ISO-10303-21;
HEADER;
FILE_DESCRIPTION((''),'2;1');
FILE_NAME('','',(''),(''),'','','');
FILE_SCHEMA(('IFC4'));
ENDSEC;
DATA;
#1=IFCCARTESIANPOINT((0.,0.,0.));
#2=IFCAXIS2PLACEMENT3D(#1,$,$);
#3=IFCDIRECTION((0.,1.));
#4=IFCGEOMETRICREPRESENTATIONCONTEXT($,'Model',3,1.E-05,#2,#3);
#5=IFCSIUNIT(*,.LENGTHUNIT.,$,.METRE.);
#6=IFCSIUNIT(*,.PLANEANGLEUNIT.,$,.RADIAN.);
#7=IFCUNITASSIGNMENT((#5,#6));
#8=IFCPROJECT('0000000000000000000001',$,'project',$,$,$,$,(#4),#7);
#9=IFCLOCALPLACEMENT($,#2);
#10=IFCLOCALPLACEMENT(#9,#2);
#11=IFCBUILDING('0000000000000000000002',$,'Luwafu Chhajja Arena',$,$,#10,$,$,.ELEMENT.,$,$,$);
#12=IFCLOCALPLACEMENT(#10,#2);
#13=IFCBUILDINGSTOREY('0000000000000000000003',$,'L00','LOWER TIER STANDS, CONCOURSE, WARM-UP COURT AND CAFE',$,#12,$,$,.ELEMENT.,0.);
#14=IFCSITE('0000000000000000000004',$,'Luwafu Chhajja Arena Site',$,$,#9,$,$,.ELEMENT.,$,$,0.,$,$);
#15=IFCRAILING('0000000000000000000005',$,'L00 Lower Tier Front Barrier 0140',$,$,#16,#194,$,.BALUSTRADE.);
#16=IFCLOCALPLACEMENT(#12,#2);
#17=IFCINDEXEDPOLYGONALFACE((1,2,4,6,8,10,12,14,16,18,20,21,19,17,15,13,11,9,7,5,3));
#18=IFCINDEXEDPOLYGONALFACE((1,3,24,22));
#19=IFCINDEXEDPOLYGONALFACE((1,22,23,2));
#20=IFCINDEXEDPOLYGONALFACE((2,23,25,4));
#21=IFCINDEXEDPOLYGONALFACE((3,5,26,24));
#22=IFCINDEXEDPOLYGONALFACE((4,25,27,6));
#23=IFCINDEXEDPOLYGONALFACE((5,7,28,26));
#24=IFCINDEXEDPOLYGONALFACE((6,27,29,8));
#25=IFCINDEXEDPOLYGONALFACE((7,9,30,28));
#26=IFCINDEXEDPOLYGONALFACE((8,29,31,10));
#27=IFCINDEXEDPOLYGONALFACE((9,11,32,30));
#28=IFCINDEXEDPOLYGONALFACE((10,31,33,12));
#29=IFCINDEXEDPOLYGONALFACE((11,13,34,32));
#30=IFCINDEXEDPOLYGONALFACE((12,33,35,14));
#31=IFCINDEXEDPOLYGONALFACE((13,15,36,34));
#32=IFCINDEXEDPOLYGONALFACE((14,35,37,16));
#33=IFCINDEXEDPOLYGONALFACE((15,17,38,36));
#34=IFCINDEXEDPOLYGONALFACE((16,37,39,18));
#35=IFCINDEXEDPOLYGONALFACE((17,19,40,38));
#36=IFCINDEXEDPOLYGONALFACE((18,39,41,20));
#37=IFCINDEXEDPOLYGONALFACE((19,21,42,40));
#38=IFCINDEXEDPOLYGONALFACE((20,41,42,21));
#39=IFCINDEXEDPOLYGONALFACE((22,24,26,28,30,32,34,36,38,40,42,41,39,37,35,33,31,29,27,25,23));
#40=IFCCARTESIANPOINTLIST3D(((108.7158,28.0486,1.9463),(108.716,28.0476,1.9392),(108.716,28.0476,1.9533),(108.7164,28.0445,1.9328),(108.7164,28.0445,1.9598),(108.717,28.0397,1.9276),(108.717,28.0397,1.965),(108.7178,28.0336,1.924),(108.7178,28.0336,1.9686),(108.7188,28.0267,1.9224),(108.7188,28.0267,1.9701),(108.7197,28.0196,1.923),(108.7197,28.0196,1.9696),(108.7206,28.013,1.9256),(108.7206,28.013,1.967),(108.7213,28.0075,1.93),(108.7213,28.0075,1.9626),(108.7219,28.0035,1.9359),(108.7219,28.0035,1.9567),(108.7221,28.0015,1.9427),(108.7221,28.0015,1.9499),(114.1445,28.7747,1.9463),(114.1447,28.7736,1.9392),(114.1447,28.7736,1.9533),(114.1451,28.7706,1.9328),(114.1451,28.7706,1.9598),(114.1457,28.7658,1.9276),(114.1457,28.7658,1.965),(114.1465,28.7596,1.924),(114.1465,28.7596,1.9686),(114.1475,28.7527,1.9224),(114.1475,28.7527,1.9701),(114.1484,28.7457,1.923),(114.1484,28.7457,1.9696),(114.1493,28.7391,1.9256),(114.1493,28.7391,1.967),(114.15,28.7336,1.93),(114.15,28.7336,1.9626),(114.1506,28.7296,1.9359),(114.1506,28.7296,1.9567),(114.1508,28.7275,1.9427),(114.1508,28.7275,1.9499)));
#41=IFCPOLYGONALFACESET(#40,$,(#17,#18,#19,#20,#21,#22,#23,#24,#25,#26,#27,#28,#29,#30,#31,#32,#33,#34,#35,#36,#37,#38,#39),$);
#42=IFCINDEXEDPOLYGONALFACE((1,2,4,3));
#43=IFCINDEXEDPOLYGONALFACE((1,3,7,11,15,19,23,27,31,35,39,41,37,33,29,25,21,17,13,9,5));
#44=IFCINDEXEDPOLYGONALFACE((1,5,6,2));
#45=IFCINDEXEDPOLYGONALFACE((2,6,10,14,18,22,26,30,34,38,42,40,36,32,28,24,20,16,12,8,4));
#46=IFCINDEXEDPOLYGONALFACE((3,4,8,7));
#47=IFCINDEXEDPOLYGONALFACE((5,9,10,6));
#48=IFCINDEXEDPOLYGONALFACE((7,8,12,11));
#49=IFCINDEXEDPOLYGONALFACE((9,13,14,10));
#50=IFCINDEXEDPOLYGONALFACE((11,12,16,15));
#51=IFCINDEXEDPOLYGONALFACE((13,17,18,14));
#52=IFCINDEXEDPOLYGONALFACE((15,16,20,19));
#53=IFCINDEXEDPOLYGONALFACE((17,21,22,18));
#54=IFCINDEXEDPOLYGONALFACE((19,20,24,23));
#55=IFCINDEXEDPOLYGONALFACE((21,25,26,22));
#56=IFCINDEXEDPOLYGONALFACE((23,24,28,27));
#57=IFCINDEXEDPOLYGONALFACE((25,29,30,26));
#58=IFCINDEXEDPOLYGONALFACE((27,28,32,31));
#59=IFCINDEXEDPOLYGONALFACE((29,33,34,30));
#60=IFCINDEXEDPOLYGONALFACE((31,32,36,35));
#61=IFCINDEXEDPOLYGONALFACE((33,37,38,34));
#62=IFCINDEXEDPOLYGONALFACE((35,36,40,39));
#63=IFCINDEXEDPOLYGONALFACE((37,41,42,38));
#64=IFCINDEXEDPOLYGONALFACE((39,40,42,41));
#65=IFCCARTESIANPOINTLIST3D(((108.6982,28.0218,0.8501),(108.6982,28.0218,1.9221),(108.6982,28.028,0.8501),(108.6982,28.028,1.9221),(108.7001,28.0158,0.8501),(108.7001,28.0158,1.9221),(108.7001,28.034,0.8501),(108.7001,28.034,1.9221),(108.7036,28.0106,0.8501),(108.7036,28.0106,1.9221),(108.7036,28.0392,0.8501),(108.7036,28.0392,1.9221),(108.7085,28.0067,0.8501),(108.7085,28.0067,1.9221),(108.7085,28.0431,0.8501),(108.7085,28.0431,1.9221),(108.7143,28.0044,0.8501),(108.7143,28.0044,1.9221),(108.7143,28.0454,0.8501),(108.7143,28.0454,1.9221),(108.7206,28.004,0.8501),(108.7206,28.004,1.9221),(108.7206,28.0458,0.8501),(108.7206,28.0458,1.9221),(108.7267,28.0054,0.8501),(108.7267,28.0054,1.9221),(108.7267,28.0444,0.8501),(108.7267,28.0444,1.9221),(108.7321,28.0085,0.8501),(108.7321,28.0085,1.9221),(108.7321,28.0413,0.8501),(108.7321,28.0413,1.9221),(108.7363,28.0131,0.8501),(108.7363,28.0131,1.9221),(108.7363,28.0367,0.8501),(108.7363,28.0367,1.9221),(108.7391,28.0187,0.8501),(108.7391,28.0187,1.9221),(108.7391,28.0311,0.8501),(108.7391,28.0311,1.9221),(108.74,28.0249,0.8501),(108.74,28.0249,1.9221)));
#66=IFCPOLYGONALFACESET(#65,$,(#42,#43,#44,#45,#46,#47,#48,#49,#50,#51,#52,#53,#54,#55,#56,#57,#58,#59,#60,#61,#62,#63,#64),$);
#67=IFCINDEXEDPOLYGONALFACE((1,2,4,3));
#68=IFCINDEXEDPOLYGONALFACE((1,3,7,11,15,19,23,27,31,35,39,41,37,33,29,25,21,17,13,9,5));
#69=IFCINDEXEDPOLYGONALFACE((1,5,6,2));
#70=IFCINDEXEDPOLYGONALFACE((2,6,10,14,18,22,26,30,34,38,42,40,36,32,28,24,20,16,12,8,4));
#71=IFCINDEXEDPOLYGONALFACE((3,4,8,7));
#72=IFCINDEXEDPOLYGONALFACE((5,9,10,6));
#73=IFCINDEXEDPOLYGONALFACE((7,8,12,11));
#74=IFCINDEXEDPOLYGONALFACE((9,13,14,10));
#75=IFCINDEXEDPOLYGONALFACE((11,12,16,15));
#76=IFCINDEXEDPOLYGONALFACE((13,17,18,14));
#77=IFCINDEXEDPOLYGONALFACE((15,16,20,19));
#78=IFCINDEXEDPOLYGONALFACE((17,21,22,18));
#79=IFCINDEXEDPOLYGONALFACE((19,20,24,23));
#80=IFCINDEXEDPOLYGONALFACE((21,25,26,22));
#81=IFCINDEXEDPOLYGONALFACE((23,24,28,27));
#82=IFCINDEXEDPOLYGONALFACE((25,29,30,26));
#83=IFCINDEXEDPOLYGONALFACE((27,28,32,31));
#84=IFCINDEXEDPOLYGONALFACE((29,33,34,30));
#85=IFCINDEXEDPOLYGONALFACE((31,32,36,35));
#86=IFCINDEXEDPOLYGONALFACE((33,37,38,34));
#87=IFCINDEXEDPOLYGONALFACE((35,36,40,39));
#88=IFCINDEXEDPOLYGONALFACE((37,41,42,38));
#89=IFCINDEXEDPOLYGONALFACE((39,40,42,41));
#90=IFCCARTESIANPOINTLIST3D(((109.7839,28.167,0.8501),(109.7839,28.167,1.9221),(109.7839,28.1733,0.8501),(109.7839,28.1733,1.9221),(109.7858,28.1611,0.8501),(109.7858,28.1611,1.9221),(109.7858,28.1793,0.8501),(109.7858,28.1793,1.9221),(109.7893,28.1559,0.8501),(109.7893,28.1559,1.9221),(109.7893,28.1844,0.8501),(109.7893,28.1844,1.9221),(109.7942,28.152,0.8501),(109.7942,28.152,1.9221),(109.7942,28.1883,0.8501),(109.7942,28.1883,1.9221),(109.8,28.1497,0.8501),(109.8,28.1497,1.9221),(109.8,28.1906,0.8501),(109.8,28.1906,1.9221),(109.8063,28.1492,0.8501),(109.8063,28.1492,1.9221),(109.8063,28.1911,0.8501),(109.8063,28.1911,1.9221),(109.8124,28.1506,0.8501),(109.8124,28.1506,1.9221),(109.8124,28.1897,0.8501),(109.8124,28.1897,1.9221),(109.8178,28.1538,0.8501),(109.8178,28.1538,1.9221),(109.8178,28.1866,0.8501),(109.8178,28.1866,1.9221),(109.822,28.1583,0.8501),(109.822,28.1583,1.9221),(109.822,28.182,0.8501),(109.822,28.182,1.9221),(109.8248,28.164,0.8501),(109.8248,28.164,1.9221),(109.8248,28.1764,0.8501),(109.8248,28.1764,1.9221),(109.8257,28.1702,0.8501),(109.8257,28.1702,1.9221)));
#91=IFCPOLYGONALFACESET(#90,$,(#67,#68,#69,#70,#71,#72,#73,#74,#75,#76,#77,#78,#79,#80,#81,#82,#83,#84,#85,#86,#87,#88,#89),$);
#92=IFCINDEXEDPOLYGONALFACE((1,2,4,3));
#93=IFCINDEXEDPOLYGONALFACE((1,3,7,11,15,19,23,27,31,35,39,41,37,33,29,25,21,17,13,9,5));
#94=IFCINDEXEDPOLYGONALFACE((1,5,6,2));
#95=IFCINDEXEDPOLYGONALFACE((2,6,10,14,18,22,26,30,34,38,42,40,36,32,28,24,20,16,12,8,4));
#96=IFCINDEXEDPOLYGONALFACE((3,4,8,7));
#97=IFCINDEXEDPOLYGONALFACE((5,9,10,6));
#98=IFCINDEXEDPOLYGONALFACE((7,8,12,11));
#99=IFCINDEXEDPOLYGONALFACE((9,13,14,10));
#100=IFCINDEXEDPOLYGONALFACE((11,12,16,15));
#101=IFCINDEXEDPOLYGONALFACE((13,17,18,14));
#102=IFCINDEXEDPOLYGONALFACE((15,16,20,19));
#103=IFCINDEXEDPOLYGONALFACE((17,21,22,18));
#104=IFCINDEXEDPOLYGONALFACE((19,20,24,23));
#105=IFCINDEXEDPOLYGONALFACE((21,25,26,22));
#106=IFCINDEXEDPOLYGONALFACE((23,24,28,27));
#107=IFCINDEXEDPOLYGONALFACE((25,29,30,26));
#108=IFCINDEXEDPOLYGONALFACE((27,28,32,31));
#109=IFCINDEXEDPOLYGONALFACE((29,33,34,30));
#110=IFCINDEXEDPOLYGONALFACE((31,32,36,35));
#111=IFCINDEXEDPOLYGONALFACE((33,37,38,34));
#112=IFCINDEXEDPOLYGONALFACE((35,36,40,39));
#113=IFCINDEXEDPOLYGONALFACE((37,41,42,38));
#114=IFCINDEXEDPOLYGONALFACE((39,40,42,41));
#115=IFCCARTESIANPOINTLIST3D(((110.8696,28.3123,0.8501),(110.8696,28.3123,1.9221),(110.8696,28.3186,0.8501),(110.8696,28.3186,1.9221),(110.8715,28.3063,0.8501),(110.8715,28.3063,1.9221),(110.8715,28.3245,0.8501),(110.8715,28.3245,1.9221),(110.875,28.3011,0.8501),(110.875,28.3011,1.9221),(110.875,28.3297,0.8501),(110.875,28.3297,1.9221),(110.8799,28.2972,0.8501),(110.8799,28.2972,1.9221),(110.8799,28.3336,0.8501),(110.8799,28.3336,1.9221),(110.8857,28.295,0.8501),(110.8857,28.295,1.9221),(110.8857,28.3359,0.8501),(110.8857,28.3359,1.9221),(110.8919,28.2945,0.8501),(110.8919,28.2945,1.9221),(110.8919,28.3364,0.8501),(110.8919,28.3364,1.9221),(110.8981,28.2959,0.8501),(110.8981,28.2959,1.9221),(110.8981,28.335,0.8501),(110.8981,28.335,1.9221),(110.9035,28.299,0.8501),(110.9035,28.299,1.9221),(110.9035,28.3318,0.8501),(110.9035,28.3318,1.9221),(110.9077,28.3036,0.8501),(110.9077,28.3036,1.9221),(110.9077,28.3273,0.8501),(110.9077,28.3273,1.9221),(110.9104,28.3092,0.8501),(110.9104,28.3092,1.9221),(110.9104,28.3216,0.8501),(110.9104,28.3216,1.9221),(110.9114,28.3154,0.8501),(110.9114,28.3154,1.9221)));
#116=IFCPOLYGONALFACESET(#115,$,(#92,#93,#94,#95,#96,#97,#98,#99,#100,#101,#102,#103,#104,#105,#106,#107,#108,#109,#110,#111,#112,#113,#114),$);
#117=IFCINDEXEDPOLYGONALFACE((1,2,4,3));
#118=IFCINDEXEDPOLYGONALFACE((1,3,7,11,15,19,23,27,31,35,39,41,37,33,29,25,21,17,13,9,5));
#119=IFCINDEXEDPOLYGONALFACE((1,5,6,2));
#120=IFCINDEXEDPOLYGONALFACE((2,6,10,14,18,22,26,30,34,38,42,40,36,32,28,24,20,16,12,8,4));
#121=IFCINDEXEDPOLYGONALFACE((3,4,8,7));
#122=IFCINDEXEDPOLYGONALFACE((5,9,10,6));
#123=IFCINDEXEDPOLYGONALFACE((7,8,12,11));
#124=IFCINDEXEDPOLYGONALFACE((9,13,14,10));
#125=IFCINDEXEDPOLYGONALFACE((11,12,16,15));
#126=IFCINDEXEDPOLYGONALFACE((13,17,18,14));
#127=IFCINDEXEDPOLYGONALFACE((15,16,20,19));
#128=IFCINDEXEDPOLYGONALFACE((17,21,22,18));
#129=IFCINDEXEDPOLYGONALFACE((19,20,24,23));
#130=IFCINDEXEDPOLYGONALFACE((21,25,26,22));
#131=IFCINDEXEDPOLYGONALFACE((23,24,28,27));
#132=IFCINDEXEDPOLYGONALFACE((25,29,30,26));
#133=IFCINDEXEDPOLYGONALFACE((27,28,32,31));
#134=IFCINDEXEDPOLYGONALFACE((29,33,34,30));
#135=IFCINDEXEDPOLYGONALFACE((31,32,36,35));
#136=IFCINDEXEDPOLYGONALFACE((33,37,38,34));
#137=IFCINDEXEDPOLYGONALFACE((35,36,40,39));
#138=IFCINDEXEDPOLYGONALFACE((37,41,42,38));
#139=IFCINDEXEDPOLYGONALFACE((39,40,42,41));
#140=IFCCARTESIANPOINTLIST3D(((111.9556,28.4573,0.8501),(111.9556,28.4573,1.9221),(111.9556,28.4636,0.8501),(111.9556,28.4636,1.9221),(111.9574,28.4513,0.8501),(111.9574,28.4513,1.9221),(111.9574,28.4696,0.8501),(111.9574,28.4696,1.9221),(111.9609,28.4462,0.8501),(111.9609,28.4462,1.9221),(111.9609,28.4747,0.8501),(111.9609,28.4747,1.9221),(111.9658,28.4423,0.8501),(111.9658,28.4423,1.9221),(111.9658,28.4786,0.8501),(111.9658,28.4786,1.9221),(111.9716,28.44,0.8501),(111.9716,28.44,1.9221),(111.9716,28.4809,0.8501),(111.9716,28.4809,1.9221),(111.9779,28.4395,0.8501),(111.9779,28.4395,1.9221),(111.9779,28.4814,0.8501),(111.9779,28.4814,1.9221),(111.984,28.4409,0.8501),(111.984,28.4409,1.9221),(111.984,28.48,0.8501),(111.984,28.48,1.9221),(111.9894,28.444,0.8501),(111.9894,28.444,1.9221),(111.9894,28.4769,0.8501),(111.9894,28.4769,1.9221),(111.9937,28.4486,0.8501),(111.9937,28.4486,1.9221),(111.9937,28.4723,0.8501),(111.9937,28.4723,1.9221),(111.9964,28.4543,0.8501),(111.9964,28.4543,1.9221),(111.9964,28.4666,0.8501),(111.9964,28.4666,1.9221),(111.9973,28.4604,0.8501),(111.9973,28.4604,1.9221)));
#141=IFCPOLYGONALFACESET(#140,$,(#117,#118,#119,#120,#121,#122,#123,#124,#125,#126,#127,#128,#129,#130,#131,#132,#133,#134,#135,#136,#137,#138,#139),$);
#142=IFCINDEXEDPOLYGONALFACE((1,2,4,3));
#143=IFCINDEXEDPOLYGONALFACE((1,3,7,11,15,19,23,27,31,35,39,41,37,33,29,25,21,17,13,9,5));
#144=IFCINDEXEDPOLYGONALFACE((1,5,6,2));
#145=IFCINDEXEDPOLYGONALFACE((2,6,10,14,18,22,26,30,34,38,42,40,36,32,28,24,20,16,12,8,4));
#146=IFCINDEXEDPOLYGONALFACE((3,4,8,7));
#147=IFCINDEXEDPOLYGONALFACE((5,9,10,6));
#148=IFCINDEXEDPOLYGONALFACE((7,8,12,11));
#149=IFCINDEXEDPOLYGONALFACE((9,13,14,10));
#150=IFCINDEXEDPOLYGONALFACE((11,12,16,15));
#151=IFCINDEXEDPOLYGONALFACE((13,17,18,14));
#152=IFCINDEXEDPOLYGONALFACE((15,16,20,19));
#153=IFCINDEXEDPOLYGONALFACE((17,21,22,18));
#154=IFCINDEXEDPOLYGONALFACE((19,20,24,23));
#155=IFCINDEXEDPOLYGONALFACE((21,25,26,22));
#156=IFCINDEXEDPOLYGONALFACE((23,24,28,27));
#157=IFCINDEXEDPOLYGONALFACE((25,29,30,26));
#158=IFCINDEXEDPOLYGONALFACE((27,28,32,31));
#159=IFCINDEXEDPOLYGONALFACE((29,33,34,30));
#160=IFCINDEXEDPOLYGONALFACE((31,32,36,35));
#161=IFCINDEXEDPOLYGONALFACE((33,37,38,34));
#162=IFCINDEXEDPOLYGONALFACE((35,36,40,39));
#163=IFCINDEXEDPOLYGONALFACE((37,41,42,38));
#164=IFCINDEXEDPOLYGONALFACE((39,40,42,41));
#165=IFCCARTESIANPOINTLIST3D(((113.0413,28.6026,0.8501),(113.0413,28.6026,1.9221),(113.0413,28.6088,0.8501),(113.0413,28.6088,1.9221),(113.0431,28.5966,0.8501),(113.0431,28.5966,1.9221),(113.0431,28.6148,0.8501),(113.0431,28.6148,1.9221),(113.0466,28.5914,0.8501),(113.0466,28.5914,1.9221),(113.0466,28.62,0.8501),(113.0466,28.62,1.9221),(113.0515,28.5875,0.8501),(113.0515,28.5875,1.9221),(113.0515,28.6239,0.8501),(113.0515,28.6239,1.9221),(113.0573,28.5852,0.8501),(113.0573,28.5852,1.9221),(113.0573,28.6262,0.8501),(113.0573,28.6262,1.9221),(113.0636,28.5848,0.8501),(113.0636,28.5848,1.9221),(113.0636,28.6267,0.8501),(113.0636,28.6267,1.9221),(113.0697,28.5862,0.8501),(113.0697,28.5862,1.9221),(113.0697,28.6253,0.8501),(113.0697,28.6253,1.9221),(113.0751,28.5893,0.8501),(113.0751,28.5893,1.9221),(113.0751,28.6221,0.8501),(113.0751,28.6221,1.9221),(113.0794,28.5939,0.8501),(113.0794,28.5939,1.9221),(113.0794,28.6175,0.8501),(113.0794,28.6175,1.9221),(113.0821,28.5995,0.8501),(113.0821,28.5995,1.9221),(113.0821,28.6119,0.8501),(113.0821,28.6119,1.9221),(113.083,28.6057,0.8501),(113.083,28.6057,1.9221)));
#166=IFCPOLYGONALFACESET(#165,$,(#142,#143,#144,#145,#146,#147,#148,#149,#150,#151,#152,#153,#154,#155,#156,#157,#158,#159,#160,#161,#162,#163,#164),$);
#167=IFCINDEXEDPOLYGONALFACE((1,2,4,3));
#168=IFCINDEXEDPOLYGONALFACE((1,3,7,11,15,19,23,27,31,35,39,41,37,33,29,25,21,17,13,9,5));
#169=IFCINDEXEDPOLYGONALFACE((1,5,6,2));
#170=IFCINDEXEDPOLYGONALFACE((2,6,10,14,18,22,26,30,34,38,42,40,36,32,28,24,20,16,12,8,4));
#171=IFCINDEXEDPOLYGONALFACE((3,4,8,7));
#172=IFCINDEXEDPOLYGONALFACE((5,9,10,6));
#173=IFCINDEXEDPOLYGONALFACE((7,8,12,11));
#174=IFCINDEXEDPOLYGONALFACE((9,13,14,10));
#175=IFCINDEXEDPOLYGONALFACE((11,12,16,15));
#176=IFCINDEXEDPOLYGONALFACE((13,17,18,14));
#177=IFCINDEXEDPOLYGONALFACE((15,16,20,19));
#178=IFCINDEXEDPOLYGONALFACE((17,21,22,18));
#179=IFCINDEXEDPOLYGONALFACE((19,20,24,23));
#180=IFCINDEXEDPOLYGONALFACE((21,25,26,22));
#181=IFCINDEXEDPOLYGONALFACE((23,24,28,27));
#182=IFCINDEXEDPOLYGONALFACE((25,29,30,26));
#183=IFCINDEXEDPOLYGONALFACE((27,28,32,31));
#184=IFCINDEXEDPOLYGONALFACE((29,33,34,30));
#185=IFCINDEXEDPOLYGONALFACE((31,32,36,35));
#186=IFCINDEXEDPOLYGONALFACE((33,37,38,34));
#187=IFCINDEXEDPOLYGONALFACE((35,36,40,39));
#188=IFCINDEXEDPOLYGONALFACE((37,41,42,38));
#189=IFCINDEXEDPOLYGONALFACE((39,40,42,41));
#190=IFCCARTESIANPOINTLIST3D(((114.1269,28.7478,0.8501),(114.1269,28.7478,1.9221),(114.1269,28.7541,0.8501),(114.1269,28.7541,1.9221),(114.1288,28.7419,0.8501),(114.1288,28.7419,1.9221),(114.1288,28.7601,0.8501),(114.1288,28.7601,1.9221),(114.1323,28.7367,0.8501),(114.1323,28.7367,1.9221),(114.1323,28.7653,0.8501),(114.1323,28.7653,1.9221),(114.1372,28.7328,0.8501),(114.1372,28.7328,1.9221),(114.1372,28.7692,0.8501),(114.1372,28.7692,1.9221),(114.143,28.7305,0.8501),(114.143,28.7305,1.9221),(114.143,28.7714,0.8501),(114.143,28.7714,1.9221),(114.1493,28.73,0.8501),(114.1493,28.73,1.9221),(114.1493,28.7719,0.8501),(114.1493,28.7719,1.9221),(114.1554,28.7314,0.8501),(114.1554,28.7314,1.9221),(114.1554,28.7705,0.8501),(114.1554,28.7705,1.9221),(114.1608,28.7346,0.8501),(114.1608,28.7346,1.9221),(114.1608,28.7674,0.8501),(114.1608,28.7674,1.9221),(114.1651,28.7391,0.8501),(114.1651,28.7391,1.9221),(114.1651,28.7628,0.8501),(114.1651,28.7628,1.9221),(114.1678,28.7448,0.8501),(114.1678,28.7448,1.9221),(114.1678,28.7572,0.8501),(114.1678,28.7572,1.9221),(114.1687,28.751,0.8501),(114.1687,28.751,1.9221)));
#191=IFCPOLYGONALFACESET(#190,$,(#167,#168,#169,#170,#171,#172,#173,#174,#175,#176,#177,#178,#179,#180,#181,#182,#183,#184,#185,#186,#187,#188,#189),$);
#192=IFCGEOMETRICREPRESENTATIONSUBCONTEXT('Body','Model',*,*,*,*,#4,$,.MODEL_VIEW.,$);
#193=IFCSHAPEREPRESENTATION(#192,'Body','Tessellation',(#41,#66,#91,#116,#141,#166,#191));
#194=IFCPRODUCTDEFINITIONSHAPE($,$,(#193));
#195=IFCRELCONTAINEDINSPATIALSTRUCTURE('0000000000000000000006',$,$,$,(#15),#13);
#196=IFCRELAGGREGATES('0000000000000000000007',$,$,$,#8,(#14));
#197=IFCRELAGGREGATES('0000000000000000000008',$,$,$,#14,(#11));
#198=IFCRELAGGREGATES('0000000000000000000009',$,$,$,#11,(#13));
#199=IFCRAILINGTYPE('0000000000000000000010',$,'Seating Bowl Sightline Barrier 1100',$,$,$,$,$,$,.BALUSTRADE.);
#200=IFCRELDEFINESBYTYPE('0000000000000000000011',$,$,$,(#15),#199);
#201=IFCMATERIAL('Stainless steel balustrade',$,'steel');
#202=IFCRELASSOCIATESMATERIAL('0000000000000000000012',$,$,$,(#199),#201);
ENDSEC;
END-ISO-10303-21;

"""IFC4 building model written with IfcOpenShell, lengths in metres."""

from ifc_helpers import new_model, si_unit, direction, frame, origin, origin_2d, place, context, subcontext, project, spatial, circle, extrude, material, type_object, element, save


model = new_model("IFC4")

# Units and contexts
model_context = context("Model", 3, precision=1e-05, world=origin(), true_north=direction((0.0, 1.0)))
body_context = subcontext(model_context, "Body", "Model", "MODEL_VIEW")
ifc_project = project(units=[si_unit("LENGTHUNIT", "METRE"), si_unit("PLANEANGLEUNIT", "RADIAN")], contexts=[model_context])

# Site, building, storey
site_placement = place(None, origin())
site = spatial("IfcSite", under=ifc_project, at=site_placement, Name="Luwafu Chhajja Arena Site", CompositionType="ELEMENT", RefElevation=0.0)
building_placement = place(site_placement, origin())
building = spatial("IfcBuilding", under=site, at=building_placement, Name="Luwafu Chhajja Arena", CompositionType="ELEMENT")
storey_placement = place(building_placement, origin())
storey = spatial("IfcBuildingStorey", under=building, at=storey_placement, Name="L00", Description="LOWER TIER STANDS, CONCOURSE, WARM-UP COURT AND CAFE", CompositionType="ELEMENT", Elevation=0.0)

# Railing
ifc_material_1 = material(Name="Stainless steel balustrade", Category="steel")
railing_type = type_object("IfcRailingType", Name="Seating Bowl Sightline Barrier 1100", PredefinedType="BALUSTRADE", material=ifc_material_1)
railing_1_placement = place(storey_placement, frame((108.719, 28.0249, 0.8501)))
element("IfcRailing", 1, at=railing_1_placement, inside=storey, type_object=railing_type, Name="L00 Lower Tier Front Barrier 0140", PredefinedType="BALUSTRADE", context=body_context, shape_type="SweptSolid", body=[
    extrude(circle(Radius=0.0239, at=origin_2d()), frame((0.0, 0.0, 1.0962), z_axis=(0.991174, 0.132567, 0.0), x_axis=(-0.132567, 0.991174, 0.0)), (0.0, 0.0, 1.0), 5.4771),
    extrude(circle(Radius=0.021, at=origin_2d()), origin(), (0.0, 0.0, 1.0), 1.072),
    extrude(circle(Radius=0.021, at=origin_2d()), frame((1.0857, 0.1453, 0.0)), (0.0, 0.0, 1.0), 1.072),
    extrude(circle(Radius=0.021, at=origin_2d()), frame((2.1714, 0.2905, 0.0)), (0.0, 0.0, 1.0), 1.072),
    extrude(circle(Radius=0.021, at=origin_2d()), frame((3.2573, 0.4355, 0.0)), (0.0, 0.0, 1.0), 1.072),
    extrude(circle(Radius=0.021, at=origin_2d()), frame((4.343, 0.5808, 0.0)), (0.0, 0.0, 1.0), 1.072),
    extrude(circle(Radius=0.021, at=origin_2d()), frame((5.4287, 0.7261, 0.0)), (0.0, 0.0, 1.0), 1.072),
])

save(model, "model.ifc")
